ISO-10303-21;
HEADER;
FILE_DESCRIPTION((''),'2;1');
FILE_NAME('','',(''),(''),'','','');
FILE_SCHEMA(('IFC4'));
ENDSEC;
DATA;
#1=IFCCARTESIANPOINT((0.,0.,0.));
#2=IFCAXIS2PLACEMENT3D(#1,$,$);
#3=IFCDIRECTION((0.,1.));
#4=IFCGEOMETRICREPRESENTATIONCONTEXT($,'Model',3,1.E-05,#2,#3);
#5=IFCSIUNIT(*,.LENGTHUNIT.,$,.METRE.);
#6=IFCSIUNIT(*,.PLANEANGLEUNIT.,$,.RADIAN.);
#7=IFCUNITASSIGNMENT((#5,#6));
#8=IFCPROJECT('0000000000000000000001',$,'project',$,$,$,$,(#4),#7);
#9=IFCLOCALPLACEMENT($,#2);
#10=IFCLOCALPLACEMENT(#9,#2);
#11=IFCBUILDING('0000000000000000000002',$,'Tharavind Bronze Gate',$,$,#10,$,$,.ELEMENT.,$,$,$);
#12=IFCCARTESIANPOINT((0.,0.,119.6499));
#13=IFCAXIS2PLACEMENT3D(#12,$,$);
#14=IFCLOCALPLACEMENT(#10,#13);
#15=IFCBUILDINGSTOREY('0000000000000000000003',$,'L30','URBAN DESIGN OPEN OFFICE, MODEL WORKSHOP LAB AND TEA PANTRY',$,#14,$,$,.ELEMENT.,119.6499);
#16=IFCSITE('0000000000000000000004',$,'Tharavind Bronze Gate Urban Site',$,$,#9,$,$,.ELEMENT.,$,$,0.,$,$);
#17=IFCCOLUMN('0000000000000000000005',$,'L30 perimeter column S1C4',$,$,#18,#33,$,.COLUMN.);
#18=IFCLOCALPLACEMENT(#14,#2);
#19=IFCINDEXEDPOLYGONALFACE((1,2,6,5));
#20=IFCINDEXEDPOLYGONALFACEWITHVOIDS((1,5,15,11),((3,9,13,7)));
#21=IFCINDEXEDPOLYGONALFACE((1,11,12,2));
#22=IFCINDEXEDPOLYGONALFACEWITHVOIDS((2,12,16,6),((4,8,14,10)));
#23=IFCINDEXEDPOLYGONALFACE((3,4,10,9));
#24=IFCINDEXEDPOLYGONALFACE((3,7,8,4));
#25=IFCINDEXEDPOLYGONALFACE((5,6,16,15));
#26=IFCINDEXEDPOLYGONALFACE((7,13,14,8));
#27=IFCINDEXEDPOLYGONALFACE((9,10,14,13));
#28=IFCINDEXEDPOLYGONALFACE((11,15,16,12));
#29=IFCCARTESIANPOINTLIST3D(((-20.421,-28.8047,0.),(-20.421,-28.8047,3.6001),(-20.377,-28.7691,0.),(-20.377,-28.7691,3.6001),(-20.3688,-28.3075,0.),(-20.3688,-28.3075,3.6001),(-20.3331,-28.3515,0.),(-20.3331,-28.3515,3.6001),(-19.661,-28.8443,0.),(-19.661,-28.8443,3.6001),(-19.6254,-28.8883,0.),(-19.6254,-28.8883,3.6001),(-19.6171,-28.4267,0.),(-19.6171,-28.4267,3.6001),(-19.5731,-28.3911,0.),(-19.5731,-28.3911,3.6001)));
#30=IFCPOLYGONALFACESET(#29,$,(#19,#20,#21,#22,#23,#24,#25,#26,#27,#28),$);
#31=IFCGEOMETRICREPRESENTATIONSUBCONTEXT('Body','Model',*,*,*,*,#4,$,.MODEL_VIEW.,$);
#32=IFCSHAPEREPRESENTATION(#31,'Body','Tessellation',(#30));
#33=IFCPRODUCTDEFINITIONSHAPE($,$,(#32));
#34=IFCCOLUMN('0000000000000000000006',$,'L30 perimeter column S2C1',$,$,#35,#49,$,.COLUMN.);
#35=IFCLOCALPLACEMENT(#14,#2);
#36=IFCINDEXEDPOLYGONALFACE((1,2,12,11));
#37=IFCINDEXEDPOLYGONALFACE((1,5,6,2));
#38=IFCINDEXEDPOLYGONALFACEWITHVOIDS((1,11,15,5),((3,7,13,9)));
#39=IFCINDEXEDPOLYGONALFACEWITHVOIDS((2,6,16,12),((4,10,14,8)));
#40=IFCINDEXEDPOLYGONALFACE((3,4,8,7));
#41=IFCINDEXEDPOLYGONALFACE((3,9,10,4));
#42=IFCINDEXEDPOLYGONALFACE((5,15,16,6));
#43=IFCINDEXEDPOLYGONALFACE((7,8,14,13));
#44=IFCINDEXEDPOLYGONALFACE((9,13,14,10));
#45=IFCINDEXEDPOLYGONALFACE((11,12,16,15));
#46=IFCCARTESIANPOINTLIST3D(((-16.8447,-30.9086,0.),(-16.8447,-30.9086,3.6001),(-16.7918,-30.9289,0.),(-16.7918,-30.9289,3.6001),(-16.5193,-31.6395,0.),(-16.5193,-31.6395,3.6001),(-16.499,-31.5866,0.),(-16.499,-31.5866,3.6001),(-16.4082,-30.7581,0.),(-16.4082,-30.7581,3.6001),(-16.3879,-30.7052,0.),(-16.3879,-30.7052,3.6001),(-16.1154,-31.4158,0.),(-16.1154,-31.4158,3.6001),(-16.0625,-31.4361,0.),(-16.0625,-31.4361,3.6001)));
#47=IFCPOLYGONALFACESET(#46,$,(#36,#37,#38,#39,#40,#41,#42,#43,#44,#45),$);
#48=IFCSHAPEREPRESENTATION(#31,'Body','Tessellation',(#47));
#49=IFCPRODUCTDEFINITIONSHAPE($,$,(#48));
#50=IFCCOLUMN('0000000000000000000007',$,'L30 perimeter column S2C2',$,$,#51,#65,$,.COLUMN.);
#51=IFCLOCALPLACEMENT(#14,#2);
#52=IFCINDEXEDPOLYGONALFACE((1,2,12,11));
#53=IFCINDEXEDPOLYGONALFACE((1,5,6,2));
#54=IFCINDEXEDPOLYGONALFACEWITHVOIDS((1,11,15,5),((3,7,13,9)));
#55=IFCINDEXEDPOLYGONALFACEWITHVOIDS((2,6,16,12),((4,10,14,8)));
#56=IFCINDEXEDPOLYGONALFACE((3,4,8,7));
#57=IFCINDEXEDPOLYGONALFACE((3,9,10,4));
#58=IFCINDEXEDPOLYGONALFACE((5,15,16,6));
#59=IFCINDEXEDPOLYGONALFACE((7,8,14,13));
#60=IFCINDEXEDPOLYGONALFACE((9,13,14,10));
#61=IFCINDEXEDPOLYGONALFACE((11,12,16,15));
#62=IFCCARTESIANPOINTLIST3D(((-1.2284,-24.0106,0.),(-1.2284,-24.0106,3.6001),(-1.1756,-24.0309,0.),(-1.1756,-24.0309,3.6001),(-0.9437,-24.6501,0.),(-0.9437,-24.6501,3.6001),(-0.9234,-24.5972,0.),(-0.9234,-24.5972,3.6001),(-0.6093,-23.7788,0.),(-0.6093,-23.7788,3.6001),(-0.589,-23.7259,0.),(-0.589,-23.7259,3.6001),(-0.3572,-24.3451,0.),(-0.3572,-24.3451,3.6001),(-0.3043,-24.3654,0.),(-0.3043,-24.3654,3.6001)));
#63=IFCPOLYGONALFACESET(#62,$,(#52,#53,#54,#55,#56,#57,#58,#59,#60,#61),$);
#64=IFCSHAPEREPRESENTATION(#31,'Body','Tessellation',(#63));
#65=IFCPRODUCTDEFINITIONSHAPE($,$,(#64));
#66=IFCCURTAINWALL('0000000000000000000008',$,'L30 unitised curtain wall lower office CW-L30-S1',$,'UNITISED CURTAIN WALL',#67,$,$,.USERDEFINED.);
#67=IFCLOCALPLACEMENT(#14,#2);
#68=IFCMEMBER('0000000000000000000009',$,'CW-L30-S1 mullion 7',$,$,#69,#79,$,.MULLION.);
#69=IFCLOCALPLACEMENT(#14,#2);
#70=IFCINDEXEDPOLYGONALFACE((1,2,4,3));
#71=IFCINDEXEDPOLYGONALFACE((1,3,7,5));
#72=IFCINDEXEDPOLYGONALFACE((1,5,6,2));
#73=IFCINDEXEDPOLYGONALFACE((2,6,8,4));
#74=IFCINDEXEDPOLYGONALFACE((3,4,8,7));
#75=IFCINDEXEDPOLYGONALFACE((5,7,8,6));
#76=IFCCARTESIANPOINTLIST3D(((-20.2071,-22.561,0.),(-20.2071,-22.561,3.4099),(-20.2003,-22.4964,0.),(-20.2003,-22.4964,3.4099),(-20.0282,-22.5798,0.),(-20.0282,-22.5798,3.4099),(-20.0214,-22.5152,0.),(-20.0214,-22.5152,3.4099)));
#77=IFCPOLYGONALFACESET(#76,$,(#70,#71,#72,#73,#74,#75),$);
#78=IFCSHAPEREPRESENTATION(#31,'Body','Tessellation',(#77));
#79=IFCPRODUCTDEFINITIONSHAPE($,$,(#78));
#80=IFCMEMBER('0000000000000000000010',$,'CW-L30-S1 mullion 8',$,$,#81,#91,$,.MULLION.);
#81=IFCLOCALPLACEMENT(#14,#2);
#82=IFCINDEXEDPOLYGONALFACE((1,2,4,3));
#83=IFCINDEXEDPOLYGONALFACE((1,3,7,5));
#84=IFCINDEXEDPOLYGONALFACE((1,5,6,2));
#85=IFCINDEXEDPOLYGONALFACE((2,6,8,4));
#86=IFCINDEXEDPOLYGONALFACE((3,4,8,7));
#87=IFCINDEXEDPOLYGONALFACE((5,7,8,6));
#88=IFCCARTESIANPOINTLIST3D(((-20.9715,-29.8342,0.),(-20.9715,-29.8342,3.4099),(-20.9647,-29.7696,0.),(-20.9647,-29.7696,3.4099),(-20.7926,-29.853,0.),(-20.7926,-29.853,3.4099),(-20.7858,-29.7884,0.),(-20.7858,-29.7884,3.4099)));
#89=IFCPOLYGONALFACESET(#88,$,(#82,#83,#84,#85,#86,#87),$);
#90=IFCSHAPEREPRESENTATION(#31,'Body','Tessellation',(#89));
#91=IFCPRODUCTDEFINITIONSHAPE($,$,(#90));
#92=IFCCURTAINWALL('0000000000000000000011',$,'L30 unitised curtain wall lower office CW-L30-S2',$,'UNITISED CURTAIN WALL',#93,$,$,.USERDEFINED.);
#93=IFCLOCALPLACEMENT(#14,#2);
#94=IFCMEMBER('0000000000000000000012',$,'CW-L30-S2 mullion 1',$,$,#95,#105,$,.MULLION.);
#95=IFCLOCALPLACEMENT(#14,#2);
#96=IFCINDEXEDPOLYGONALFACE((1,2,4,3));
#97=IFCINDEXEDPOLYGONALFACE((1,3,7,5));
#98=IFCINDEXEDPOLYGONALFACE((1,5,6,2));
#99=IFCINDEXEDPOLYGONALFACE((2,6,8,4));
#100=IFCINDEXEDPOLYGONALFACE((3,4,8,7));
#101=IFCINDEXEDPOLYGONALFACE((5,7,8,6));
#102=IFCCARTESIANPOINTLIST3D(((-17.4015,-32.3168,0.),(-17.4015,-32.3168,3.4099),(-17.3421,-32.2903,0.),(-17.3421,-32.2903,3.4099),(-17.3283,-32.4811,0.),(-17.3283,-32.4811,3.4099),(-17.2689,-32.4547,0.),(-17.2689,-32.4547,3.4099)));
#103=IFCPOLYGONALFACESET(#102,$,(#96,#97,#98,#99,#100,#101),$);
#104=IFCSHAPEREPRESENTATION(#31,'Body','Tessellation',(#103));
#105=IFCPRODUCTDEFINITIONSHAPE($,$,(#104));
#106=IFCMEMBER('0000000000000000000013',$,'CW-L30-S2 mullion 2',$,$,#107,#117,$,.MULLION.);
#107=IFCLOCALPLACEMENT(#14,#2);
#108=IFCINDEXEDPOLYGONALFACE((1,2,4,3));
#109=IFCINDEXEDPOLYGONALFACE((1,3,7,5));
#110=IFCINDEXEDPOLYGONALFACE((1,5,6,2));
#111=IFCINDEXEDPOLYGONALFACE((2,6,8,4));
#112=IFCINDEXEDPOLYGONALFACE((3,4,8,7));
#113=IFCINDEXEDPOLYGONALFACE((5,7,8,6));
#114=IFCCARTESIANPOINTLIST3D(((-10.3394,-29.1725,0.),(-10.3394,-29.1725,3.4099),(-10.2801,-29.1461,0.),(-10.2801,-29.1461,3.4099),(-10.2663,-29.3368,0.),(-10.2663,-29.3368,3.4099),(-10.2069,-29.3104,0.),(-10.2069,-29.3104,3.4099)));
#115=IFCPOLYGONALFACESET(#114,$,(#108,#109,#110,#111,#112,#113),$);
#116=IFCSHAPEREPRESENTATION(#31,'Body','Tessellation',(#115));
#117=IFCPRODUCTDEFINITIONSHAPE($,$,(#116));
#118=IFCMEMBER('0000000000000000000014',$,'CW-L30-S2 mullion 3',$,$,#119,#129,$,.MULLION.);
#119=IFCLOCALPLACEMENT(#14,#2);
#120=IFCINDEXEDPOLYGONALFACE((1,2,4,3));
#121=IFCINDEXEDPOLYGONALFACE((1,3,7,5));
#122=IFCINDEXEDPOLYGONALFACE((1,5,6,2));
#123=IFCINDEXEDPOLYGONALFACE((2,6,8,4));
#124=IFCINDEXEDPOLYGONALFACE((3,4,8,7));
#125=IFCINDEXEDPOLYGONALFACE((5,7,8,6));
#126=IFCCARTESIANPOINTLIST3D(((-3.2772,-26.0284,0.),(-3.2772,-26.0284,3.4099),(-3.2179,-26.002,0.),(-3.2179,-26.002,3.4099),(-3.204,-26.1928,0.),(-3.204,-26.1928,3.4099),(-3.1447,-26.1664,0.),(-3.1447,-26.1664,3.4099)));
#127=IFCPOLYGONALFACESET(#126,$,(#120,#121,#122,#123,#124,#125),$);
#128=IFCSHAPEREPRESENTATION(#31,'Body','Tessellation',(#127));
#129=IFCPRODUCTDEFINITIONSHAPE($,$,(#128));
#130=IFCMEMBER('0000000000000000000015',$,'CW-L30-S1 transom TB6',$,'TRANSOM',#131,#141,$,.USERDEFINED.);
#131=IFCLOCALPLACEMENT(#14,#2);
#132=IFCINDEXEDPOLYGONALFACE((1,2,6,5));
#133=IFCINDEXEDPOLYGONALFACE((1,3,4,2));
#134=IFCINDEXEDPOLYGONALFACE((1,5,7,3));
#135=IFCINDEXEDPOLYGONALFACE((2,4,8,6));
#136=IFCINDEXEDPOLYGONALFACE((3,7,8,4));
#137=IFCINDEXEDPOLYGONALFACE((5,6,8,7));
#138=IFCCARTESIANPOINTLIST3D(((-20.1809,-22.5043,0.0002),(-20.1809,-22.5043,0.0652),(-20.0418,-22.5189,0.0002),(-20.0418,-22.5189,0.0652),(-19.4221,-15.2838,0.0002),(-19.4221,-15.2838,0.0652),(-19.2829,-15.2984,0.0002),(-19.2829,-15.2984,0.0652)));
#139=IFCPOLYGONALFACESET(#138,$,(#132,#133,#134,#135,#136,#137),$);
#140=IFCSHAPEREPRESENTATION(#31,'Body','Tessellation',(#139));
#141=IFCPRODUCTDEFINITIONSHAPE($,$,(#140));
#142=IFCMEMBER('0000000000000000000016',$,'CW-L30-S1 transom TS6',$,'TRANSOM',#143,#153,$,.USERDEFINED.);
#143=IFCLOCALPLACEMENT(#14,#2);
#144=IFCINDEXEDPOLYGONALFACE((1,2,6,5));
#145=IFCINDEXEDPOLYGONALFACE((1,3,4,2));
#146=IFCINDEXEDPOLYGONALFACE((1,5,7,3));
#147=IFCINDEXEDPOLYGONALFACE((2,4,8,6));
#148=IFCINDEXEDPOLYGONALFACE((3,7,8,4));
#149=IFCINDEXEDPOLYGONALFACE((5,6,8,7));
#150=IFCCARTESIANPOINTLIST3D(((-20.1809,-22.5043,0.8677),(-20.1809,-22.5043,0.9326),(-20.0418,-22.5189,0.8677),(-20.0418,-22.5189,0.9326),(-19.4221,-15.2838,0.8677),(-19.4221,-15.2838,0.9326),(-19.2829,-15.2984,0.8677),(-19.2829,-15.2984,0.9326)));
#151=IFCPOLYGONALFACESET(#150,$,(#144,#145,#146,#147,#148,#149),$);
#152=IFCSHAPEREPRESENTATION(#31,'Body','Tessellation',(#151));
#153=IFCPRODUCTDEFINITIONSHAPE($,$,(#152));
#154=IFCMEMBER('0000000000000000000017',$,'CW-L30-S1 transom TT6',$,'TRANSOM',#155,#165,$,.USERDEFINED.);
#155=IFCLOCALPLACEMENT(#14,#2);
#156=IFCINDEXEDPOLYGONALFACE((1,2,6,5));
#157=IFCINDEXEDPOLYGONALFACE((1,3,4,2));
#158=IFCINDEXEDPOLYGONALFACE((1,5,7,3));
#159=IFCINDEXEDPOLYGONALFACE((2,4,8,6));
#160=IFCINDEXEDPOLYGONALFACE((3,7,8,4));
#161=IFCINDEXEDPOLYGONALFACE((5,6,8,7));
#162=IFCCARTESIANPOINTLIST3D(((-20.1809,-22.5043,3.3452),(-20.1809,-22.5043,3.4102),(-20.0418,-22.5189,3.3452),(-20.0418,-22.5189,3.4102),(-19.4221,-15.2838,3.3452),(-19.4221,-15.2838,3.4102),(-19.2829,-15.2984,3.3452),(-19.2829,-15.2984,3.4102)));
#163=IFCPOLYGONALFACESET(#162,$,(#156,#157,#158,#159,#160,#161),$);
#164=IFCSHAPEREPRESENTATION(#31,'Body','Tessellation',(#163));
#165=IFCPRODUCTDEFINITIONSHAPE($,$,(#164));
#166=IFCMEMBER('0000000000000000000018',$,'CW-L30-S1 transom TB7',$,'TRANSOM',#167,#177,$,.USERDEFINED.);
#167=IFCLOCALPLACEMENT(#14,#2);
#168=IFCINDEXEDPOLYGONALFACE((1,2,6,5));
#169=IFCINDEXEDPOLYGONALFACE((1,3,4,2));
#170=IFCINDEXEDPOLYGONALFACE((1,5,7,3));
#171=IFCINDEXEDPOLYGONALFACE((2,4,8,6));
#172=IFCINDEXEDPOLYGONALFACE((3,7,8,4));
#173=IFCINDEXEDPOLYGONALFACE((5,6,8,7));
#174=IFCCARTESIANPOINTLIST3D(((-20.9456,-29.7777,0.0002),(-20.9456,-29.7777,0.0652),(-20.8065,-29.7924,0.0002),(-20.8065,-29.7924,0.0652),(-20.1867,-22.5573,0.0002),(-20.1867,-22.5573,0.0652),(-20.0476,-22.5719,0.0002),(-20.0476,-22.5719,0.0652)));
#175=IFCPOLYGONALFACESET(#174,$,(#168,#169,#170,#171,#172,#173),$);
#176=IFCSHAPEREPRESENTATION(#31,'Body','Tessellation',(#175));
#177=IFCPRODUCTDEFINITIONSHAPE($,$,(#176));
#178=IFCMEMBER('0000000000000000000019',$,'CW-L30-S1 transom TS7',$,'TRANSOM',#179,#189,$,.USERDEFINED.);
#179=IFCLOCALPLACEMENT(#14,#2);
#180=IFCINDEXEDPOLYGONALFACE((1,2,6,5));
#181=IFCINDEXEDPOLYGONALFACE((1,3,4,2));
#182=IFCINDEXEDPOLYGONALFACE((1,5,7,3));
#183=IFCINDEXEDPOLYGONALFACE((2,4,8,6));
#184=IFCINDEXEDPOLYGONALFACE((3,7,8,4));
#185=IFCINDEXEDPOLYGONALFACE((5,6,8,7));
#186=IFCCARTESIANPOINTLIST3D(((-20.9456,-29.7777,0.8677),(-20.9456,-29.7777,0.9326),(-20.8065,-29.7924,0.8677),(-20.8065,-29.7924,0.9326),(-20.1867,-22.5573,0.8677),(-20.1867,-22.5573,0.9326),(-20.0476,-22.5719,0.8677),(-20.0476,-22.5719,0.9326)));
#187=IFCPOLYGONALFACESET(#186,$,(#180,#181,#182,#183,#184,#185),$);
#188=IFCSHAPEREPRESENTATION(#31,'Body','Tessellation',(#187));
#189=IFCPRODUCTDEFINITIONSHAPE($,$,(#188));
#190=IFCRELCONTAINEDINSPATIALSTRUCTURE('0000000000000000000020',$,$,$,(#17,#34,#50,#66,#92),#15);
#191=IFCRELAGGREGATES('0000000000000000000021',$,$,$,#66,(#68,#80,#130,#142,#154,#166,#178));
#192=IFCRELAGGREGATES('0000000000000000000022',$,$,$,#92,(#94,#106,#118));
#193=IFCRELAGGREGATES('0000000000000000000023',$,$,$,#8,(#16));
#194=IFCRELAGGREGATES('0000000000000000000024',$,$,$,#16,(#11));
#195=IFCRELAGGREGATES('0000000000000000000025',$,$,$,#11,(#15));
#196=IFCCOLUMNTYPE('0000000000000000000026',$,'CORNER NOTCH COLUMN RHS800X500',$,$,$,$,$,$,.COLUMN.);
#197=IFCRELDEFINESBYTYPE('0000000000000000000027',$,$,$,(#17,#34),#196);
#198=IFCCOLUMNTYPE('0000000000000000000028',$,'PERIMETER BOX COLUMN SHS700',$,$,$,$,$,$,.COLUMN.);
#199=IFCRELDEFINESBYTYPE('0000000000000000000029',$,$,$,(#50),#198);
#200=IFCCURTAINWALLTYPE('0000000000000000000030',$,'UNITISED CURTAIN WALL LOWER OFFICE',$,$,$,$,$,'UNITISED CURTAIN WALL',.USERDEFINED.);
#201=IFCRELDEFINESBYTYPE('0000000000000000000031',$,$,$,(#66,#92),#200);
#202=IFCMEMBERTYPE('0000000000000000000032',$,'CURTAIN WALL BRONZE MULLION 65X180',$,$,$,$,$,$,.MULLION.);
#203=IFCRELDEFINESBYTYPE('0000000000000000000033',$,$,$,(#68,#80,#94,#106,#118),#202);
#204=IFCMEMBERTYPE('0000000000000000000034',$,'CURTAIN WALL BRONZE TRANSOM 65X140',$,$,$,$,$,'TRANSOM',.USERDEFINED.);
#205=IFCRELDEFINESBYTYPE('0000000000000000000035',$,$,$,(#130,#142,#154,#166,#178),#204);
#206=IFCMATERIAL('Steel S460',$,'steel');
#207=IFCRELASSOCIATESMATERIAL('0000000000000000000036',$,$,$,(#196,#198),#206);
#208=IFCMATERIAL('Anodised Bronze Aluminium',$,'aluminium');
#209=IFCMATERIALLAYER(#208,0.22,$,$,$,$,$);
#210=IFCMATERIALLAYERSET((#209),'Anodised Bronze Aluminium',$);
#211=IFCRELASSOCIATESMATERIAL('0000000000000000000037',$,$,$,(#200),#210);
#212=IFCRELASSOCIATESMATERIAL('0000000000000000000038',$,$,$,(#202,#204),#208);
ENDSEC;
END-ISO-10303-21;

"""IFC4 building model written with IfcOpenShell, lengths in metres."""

from ifc_helpers import new_model, si_unit, direction, frame, origin, origin_2d, place, context, subcontext, project, spatial, rectangle, hollow_rectangle, extrude, material, layer, layer_set, material_profile, profile_set, type_object, element, aggregate, save


model = new_model("IFC4")

# Units and contexts
model_context = context("Model", 3, precision=1e-05, world=origin(), true_north=direction((0.0, 1.0)))
body_context = subcontext(model_context, "Body", "Model", "MODEL_VIEW")
ifc_project = project(units=[si_unit("LENGTHUNIT", "METRE"), si_unit("PLANEANGLEUNIT", "RADIAN")], contexts=[model_context])

# Site, building, storey
site_placement = place(None, origin())
site = spatial("IfcSite", under=ifc_project, at=site_placement, Name="Tharavind Bronze Gate Urban Site", CompositionType="ELEMENT", RefElevation=0.0)
building_placement = place(site_placement, origin())
building = spatial("IfcBuilding", under=site, at=building_placement, Name="Tharavind Bronze Gate", CompositionType="ELEMENT")
storey_placement = place(building_placement, frame((0.0, 0.0, 119.6499)))
storey = spatial("IfcBuildingStorey", under=building, at=storey_placement, Name="L30", Description="URBAN DESIGN OPEN OFFICE, MODEL WORKSHOP LAB AND TEA PANTRY", CompositionType="ELEMENT", Elevation=119.6499)

# Columns
ifc_material_1 = material(Name="Steel S460", Category="steel")
ifc_material_profile_1 = material_profile(ifc_material_1, hollow_rectangle(XDim=0.5, YDim=0.8, WallThickness=0.04, at=origin_2d()), Name="RHS800X500X40")
ifc_profile_set_1 = profile_set([ifc_material_profile_1], Name="Steel S460")
column_type_1 = type_object("IfcColumnType", Name="CORNER NOTCH COLUMN RHS800X500", PredefinedType="COLUMN", material=ifc_profile_set_1)
for number, where, z_axis, x_axis, name in (
    (1, (-19.9971, -28.5979, 0.0), (0.0, 0.0, 1.0), (0.10453, 0.994522, 0.0), "L30 perimeter column S1C4"),
    (2, (-16.4536, -31.1724, 0.0), (0.0, 0.0, 1.0), (0.913545, 0.406737, 0.0), "L30 perimeter column S2C1"),
):
    element("IfcColumn", number, at=place(storey_placement, frame(where, z_axis=z_axis, x_axis=x_axis)), inside=storey, type_object=column_type_1, Name=name, PredefinedType="COLUMN", context=body_context, shape_type="SweptSolid", body=[
        extrude(hollow_rectangle(XDim=0.5, YDim=0.8, WallThickness=0.04, at=origin_2d()), origin(), (0.0, 0.0, 1.0), 3.6001),
    ])
ifc_material_profile_2 = material_profile(ifc_material_1, hollow_rectangle(XDim=0.7, YDim=0.7, WallThickness=0.04, at=origin_2d()), Name="SHS700X40")
ifc_profile_set_2 = profile_set([ifc_material_profile_2], Name="Steel S460")
column_type_2 = type_object("IfcColumnType", Name="PERIMETER BOX COLUMN SHS700", PredefinedType="COLUMN", material=ifc_profile_set_2)
column_placement = place(storey_placement, frame((-0.7664, -24.188, 0.0), z_axis=(0.0, 0.0, 1.0), x_axis=(0.913545, 0.406737, 0.0)))
element("IfcColumn", 3, at=column_placement, inside=storey, type_object=column_type_2, Name="L30 perimeter column S2C2", PredefinedType="COLUMN", context=body_context, shape_type="SweptSolid", body=[
    extrude(hollow_rectangle(XDim=0.7, YDim=0.7, WallThickness=0.04, at=origin_2d()), origin(), (0.0, 0.0, 1.0), 3.6001),
])

# Curtain walls, members
ifc_material_2 = material(Name="Anodised Bronze Aluminium", Category="aluminium")
ifc_layer_1 = layer(ifc_material_2, 0.22)
ifc_layer_set_1 = layer_set([ifc_layer_1], Name="Anodised Bronze Aluminium")
curtain_wall_type = type_object("IfcCurtainWallType", Name="UNITISED CURTAIN WALL LOWER OFFICE", ElementType="UNITISED CURTAIN WALL", PredefinedType="USERDEFINED", material=ifc_layer_set_1)
curtain_wall_1_placement = place(storey_placement, origin())
curtain_wall_1 = element("IfcCurtainWall", 4, at=curtain_wall_1_placement, inside=storey, type_object=curtain_wall_type, Name="L30 unitised curtain wall lower office CW-L30-S1", ObjectType="UNITISED CURTAIN WALL", PredefinedType="USERDEFINED")
member_type_1 = type_object("IfcMemberType", Name="CURTAIN WALL BRONZE MULLION 65X180", PredefinedType="MULLION", material=ifc_material_2)
member_1_placement = place(storey_placement, frame((-20.1143, -22.5381, 0.0), z_axis=(0.0, 0.0, 1.0), x_axis=(-0.104527, -0.994522, 0.0)))
member_1 = element("IfcMember", 5, at=member_1_placement, type_object=member_type_1, Name="CW-L30-S1 mullion 7", PredefinedType="MULLION", context=body_context, shape_type="SweptSolid", body=[
    extrude(rectangle(XDim=0.0649, YDim=0.1799, at=origin_2d()), origin(), (0.0, 0.0, 1.0), 3.4099),
])
member_2_placement = place(storey_placement, frame((-20.8787, -29.8113, 0.0), z_axis=(0.0, 0.0, 1.0), x_axis=(-0.104527, -0.994522, 0.0)))
member_2 = element("IfcMember", 6, at=member_2_placement, type_object=member_type_1, Name="CW-L30-S1 mullion 8", PredefinedType="MULLION", context=body_context, shape_type="SweptSolid", body=[
    extrude(rectangle(XDim=0.0649, YDim=0.1799, at=origin_2d()), origin(), (0.0, 0.0, 1.0), 3.4099),
])
curtain_wall_2_placement = place(storey_placement, origin())
curtain_wall_2 = element("IfcCurtainWall", 7, at=curtain_wall_2_placement, inside=storey, type_object=curtain_wall_type, Name="L30 unitised curtain wall lower office CW-L30-S2", ObjectType="UNITISED CURTAIN WALL", PredefinedType="USERDEFINED")
member_3_placement = place(storey_placement, frame((-17.3352, -32.3857, 0.0), z_axis=(0.0, 0.0, 1.0), x_axis=(0.913545, 0.406737, 0.0)))
member_3 = element("IfcMember", 8, at=member_3_placement, type_object=member_type_1, Name="CW-L30-S2 mullion 1", PredefinedType="MULLION", context=body_context, shape_type="SweptSolid", body=[
    extrude(rectangle(XDim=0.0649, YDim=0.1799, at=origin_2d()), origin(), (0.0, 0.0, 1.0), 3.4099),
])
member_4_placement = place(storey_placement, frame((-10.2732, -29.2415, 0.0), z_axis=(0.0, 0.0, 1.0), x_axis=(0.913545, 0.406737, 0.0)))
member_4 = element("IfcMember", 9, at=member_4_placement, type_object=member_type_1, Name="CW-L30-S2 mullion 2", PredefinedType="MULLION", context=body_context, shape_type="SweptSolid", body=[
    extrude(rectangle(XDim=0.0649, YDim=0.1799, at=origin_2d()), origin(), (0.0, 0.0, 1.0), 3.4099),
])
member_5_placement = place(storey_placement, frame((-3.2109, -26.0974, 0.0), z_axis=(0.0, 0.0, 1.0), x_axis=(0.913545, 0.406737, 0.0)))
member_5 = element("IfcMember", 10, at=member_5_placement, type_object=member_type_1, Name="CW-L30-S2 mullion 3", PredefinedType="MULLION", context=body_context, shape_type="SweptSolid", body=[
    extrude(rectangle(XDim=0.0649, YDim=0.1799, at=origin_2d()), origin(), (0.0, 0.0, 1.0), 3.4099),
])

# Members
member_type_2 = type_object("IfcMemberType", Name="CURTAIN WALL BRONZE TRANSOM 65X140", ElementType="TRANSOM", PredefinedType="USERDEFINED", material=ifc_material_2)
member_6_placement = place(storey_placement, frame((-19.7319, -18.9014, 0.0002), z_axis=(0.0, 0.0, 1.0), x_axis=(-0.104527, -0.994522, 0.0)))
member_6 = element("IfcMember", 11, at=member_6_placement, type_object=member_type_2, Name="CW-L30-S1 transom TB6", ObjectType="TRANSOM", PredefinedType="USERDEFINED", context=body_context, shape_type="SweptSolid", body=[
    extrude(rectangle(XDim=7.2603, YDim=0.1399, at=origin_2d()), origin(), (0.0, 0.0, 1.0), 0.0649),
])
member_7_placement = place(storey_placement, frame((-19.7319, -18.9014, 0.8677), z_axis=(0.0, 0.0, 1.0), x_axis=(-0.104527, -0.994522, 0.0)))
member_7 = element("IfcMember", 12, at=member_7_placement, type_object=member_type_2, Name="CW-L30-S1 transom TS6", ObjectType="TRANSOM", PredefinedType="USERDEFINED", context=body_context, shape_type="SweptSolid", body=[
    extrude(rectangle(XDim=7.2603, YDim=0.1399, at=origin_2d()), origin(), (0.0, 0.0, 1.0), 0.0649),
])
member_8_placement = place(storey_placement, frame((-19.7319, -18.9014, 3.3452), z_axis=(0.0, 0.0, 1.0), x_axis=(-0.104527, -0.994522, 0.0)))
member_8 = element("IfcMember", 13, at=member_8_placement, type_object=member_type_2, Name="CW-L30-S1 transom TT6", ObjectType="TRANSOM", PredefinedType="USERDEFINED", context=body_context, shape_type="SweptSolid", body=[
    extrude(rectangle(XDim=7.2603, YDim=0.1399, at=origin_2d()), origin(), (0.0, 0.0, 1.0), 0.0649),
])
member_9_placement = place(storey_placement, frame((-20.4966, -26.1748, 0.0002), z_axis=(0.0, 0.0, 1.0), x_axis=(-0.104527, -0.994522, 0.0)))
member_9 = element("IfcMember", 14, at=member_9_placement, type_object=member_type_2, Name="CW-L30-S1 transom TB7", ObjectType="TRANSOM", PredefinedType="USERDEFINED", context=body_context, shape_type="SweptSolid", body=[
    extrude(rectangle(XDim=7.2603, YDim=0.1399, at=origin_2d()), origin(), (0.0, 0.0, 1.0), 0.0649),
])
member_10_placement = place(storey_placement, frame((-20.4966, -26.1748, 0.8677), z_axis=(0.0, 0.0, 1.0), x_axis=(-0.104527, -0.994522, 0.0)))
member_10 = element("IfcMember", 15, at=member_10_placement, type_object=member_type_2, Name="CW-L30-S1 transom TS7", ObjectType="TRANSOM", PredefinedType="USERDEFINED", context=body_context, shape_type="SweptSolid", body=[
    extrude(rectangle(XDim=7.2603, YDim=0.1399, at=origin_2d()), origin(), (0.0, 0.0, 1.0), 0.0649),
])

aggregate(curtain_wall_1, [member_1, member_2, member_6, member_7, member_8, member_9, member_10])
aggregate(curtain_wall_2, [member_3, member_4, member_5])

save(model, "model.ifc")
